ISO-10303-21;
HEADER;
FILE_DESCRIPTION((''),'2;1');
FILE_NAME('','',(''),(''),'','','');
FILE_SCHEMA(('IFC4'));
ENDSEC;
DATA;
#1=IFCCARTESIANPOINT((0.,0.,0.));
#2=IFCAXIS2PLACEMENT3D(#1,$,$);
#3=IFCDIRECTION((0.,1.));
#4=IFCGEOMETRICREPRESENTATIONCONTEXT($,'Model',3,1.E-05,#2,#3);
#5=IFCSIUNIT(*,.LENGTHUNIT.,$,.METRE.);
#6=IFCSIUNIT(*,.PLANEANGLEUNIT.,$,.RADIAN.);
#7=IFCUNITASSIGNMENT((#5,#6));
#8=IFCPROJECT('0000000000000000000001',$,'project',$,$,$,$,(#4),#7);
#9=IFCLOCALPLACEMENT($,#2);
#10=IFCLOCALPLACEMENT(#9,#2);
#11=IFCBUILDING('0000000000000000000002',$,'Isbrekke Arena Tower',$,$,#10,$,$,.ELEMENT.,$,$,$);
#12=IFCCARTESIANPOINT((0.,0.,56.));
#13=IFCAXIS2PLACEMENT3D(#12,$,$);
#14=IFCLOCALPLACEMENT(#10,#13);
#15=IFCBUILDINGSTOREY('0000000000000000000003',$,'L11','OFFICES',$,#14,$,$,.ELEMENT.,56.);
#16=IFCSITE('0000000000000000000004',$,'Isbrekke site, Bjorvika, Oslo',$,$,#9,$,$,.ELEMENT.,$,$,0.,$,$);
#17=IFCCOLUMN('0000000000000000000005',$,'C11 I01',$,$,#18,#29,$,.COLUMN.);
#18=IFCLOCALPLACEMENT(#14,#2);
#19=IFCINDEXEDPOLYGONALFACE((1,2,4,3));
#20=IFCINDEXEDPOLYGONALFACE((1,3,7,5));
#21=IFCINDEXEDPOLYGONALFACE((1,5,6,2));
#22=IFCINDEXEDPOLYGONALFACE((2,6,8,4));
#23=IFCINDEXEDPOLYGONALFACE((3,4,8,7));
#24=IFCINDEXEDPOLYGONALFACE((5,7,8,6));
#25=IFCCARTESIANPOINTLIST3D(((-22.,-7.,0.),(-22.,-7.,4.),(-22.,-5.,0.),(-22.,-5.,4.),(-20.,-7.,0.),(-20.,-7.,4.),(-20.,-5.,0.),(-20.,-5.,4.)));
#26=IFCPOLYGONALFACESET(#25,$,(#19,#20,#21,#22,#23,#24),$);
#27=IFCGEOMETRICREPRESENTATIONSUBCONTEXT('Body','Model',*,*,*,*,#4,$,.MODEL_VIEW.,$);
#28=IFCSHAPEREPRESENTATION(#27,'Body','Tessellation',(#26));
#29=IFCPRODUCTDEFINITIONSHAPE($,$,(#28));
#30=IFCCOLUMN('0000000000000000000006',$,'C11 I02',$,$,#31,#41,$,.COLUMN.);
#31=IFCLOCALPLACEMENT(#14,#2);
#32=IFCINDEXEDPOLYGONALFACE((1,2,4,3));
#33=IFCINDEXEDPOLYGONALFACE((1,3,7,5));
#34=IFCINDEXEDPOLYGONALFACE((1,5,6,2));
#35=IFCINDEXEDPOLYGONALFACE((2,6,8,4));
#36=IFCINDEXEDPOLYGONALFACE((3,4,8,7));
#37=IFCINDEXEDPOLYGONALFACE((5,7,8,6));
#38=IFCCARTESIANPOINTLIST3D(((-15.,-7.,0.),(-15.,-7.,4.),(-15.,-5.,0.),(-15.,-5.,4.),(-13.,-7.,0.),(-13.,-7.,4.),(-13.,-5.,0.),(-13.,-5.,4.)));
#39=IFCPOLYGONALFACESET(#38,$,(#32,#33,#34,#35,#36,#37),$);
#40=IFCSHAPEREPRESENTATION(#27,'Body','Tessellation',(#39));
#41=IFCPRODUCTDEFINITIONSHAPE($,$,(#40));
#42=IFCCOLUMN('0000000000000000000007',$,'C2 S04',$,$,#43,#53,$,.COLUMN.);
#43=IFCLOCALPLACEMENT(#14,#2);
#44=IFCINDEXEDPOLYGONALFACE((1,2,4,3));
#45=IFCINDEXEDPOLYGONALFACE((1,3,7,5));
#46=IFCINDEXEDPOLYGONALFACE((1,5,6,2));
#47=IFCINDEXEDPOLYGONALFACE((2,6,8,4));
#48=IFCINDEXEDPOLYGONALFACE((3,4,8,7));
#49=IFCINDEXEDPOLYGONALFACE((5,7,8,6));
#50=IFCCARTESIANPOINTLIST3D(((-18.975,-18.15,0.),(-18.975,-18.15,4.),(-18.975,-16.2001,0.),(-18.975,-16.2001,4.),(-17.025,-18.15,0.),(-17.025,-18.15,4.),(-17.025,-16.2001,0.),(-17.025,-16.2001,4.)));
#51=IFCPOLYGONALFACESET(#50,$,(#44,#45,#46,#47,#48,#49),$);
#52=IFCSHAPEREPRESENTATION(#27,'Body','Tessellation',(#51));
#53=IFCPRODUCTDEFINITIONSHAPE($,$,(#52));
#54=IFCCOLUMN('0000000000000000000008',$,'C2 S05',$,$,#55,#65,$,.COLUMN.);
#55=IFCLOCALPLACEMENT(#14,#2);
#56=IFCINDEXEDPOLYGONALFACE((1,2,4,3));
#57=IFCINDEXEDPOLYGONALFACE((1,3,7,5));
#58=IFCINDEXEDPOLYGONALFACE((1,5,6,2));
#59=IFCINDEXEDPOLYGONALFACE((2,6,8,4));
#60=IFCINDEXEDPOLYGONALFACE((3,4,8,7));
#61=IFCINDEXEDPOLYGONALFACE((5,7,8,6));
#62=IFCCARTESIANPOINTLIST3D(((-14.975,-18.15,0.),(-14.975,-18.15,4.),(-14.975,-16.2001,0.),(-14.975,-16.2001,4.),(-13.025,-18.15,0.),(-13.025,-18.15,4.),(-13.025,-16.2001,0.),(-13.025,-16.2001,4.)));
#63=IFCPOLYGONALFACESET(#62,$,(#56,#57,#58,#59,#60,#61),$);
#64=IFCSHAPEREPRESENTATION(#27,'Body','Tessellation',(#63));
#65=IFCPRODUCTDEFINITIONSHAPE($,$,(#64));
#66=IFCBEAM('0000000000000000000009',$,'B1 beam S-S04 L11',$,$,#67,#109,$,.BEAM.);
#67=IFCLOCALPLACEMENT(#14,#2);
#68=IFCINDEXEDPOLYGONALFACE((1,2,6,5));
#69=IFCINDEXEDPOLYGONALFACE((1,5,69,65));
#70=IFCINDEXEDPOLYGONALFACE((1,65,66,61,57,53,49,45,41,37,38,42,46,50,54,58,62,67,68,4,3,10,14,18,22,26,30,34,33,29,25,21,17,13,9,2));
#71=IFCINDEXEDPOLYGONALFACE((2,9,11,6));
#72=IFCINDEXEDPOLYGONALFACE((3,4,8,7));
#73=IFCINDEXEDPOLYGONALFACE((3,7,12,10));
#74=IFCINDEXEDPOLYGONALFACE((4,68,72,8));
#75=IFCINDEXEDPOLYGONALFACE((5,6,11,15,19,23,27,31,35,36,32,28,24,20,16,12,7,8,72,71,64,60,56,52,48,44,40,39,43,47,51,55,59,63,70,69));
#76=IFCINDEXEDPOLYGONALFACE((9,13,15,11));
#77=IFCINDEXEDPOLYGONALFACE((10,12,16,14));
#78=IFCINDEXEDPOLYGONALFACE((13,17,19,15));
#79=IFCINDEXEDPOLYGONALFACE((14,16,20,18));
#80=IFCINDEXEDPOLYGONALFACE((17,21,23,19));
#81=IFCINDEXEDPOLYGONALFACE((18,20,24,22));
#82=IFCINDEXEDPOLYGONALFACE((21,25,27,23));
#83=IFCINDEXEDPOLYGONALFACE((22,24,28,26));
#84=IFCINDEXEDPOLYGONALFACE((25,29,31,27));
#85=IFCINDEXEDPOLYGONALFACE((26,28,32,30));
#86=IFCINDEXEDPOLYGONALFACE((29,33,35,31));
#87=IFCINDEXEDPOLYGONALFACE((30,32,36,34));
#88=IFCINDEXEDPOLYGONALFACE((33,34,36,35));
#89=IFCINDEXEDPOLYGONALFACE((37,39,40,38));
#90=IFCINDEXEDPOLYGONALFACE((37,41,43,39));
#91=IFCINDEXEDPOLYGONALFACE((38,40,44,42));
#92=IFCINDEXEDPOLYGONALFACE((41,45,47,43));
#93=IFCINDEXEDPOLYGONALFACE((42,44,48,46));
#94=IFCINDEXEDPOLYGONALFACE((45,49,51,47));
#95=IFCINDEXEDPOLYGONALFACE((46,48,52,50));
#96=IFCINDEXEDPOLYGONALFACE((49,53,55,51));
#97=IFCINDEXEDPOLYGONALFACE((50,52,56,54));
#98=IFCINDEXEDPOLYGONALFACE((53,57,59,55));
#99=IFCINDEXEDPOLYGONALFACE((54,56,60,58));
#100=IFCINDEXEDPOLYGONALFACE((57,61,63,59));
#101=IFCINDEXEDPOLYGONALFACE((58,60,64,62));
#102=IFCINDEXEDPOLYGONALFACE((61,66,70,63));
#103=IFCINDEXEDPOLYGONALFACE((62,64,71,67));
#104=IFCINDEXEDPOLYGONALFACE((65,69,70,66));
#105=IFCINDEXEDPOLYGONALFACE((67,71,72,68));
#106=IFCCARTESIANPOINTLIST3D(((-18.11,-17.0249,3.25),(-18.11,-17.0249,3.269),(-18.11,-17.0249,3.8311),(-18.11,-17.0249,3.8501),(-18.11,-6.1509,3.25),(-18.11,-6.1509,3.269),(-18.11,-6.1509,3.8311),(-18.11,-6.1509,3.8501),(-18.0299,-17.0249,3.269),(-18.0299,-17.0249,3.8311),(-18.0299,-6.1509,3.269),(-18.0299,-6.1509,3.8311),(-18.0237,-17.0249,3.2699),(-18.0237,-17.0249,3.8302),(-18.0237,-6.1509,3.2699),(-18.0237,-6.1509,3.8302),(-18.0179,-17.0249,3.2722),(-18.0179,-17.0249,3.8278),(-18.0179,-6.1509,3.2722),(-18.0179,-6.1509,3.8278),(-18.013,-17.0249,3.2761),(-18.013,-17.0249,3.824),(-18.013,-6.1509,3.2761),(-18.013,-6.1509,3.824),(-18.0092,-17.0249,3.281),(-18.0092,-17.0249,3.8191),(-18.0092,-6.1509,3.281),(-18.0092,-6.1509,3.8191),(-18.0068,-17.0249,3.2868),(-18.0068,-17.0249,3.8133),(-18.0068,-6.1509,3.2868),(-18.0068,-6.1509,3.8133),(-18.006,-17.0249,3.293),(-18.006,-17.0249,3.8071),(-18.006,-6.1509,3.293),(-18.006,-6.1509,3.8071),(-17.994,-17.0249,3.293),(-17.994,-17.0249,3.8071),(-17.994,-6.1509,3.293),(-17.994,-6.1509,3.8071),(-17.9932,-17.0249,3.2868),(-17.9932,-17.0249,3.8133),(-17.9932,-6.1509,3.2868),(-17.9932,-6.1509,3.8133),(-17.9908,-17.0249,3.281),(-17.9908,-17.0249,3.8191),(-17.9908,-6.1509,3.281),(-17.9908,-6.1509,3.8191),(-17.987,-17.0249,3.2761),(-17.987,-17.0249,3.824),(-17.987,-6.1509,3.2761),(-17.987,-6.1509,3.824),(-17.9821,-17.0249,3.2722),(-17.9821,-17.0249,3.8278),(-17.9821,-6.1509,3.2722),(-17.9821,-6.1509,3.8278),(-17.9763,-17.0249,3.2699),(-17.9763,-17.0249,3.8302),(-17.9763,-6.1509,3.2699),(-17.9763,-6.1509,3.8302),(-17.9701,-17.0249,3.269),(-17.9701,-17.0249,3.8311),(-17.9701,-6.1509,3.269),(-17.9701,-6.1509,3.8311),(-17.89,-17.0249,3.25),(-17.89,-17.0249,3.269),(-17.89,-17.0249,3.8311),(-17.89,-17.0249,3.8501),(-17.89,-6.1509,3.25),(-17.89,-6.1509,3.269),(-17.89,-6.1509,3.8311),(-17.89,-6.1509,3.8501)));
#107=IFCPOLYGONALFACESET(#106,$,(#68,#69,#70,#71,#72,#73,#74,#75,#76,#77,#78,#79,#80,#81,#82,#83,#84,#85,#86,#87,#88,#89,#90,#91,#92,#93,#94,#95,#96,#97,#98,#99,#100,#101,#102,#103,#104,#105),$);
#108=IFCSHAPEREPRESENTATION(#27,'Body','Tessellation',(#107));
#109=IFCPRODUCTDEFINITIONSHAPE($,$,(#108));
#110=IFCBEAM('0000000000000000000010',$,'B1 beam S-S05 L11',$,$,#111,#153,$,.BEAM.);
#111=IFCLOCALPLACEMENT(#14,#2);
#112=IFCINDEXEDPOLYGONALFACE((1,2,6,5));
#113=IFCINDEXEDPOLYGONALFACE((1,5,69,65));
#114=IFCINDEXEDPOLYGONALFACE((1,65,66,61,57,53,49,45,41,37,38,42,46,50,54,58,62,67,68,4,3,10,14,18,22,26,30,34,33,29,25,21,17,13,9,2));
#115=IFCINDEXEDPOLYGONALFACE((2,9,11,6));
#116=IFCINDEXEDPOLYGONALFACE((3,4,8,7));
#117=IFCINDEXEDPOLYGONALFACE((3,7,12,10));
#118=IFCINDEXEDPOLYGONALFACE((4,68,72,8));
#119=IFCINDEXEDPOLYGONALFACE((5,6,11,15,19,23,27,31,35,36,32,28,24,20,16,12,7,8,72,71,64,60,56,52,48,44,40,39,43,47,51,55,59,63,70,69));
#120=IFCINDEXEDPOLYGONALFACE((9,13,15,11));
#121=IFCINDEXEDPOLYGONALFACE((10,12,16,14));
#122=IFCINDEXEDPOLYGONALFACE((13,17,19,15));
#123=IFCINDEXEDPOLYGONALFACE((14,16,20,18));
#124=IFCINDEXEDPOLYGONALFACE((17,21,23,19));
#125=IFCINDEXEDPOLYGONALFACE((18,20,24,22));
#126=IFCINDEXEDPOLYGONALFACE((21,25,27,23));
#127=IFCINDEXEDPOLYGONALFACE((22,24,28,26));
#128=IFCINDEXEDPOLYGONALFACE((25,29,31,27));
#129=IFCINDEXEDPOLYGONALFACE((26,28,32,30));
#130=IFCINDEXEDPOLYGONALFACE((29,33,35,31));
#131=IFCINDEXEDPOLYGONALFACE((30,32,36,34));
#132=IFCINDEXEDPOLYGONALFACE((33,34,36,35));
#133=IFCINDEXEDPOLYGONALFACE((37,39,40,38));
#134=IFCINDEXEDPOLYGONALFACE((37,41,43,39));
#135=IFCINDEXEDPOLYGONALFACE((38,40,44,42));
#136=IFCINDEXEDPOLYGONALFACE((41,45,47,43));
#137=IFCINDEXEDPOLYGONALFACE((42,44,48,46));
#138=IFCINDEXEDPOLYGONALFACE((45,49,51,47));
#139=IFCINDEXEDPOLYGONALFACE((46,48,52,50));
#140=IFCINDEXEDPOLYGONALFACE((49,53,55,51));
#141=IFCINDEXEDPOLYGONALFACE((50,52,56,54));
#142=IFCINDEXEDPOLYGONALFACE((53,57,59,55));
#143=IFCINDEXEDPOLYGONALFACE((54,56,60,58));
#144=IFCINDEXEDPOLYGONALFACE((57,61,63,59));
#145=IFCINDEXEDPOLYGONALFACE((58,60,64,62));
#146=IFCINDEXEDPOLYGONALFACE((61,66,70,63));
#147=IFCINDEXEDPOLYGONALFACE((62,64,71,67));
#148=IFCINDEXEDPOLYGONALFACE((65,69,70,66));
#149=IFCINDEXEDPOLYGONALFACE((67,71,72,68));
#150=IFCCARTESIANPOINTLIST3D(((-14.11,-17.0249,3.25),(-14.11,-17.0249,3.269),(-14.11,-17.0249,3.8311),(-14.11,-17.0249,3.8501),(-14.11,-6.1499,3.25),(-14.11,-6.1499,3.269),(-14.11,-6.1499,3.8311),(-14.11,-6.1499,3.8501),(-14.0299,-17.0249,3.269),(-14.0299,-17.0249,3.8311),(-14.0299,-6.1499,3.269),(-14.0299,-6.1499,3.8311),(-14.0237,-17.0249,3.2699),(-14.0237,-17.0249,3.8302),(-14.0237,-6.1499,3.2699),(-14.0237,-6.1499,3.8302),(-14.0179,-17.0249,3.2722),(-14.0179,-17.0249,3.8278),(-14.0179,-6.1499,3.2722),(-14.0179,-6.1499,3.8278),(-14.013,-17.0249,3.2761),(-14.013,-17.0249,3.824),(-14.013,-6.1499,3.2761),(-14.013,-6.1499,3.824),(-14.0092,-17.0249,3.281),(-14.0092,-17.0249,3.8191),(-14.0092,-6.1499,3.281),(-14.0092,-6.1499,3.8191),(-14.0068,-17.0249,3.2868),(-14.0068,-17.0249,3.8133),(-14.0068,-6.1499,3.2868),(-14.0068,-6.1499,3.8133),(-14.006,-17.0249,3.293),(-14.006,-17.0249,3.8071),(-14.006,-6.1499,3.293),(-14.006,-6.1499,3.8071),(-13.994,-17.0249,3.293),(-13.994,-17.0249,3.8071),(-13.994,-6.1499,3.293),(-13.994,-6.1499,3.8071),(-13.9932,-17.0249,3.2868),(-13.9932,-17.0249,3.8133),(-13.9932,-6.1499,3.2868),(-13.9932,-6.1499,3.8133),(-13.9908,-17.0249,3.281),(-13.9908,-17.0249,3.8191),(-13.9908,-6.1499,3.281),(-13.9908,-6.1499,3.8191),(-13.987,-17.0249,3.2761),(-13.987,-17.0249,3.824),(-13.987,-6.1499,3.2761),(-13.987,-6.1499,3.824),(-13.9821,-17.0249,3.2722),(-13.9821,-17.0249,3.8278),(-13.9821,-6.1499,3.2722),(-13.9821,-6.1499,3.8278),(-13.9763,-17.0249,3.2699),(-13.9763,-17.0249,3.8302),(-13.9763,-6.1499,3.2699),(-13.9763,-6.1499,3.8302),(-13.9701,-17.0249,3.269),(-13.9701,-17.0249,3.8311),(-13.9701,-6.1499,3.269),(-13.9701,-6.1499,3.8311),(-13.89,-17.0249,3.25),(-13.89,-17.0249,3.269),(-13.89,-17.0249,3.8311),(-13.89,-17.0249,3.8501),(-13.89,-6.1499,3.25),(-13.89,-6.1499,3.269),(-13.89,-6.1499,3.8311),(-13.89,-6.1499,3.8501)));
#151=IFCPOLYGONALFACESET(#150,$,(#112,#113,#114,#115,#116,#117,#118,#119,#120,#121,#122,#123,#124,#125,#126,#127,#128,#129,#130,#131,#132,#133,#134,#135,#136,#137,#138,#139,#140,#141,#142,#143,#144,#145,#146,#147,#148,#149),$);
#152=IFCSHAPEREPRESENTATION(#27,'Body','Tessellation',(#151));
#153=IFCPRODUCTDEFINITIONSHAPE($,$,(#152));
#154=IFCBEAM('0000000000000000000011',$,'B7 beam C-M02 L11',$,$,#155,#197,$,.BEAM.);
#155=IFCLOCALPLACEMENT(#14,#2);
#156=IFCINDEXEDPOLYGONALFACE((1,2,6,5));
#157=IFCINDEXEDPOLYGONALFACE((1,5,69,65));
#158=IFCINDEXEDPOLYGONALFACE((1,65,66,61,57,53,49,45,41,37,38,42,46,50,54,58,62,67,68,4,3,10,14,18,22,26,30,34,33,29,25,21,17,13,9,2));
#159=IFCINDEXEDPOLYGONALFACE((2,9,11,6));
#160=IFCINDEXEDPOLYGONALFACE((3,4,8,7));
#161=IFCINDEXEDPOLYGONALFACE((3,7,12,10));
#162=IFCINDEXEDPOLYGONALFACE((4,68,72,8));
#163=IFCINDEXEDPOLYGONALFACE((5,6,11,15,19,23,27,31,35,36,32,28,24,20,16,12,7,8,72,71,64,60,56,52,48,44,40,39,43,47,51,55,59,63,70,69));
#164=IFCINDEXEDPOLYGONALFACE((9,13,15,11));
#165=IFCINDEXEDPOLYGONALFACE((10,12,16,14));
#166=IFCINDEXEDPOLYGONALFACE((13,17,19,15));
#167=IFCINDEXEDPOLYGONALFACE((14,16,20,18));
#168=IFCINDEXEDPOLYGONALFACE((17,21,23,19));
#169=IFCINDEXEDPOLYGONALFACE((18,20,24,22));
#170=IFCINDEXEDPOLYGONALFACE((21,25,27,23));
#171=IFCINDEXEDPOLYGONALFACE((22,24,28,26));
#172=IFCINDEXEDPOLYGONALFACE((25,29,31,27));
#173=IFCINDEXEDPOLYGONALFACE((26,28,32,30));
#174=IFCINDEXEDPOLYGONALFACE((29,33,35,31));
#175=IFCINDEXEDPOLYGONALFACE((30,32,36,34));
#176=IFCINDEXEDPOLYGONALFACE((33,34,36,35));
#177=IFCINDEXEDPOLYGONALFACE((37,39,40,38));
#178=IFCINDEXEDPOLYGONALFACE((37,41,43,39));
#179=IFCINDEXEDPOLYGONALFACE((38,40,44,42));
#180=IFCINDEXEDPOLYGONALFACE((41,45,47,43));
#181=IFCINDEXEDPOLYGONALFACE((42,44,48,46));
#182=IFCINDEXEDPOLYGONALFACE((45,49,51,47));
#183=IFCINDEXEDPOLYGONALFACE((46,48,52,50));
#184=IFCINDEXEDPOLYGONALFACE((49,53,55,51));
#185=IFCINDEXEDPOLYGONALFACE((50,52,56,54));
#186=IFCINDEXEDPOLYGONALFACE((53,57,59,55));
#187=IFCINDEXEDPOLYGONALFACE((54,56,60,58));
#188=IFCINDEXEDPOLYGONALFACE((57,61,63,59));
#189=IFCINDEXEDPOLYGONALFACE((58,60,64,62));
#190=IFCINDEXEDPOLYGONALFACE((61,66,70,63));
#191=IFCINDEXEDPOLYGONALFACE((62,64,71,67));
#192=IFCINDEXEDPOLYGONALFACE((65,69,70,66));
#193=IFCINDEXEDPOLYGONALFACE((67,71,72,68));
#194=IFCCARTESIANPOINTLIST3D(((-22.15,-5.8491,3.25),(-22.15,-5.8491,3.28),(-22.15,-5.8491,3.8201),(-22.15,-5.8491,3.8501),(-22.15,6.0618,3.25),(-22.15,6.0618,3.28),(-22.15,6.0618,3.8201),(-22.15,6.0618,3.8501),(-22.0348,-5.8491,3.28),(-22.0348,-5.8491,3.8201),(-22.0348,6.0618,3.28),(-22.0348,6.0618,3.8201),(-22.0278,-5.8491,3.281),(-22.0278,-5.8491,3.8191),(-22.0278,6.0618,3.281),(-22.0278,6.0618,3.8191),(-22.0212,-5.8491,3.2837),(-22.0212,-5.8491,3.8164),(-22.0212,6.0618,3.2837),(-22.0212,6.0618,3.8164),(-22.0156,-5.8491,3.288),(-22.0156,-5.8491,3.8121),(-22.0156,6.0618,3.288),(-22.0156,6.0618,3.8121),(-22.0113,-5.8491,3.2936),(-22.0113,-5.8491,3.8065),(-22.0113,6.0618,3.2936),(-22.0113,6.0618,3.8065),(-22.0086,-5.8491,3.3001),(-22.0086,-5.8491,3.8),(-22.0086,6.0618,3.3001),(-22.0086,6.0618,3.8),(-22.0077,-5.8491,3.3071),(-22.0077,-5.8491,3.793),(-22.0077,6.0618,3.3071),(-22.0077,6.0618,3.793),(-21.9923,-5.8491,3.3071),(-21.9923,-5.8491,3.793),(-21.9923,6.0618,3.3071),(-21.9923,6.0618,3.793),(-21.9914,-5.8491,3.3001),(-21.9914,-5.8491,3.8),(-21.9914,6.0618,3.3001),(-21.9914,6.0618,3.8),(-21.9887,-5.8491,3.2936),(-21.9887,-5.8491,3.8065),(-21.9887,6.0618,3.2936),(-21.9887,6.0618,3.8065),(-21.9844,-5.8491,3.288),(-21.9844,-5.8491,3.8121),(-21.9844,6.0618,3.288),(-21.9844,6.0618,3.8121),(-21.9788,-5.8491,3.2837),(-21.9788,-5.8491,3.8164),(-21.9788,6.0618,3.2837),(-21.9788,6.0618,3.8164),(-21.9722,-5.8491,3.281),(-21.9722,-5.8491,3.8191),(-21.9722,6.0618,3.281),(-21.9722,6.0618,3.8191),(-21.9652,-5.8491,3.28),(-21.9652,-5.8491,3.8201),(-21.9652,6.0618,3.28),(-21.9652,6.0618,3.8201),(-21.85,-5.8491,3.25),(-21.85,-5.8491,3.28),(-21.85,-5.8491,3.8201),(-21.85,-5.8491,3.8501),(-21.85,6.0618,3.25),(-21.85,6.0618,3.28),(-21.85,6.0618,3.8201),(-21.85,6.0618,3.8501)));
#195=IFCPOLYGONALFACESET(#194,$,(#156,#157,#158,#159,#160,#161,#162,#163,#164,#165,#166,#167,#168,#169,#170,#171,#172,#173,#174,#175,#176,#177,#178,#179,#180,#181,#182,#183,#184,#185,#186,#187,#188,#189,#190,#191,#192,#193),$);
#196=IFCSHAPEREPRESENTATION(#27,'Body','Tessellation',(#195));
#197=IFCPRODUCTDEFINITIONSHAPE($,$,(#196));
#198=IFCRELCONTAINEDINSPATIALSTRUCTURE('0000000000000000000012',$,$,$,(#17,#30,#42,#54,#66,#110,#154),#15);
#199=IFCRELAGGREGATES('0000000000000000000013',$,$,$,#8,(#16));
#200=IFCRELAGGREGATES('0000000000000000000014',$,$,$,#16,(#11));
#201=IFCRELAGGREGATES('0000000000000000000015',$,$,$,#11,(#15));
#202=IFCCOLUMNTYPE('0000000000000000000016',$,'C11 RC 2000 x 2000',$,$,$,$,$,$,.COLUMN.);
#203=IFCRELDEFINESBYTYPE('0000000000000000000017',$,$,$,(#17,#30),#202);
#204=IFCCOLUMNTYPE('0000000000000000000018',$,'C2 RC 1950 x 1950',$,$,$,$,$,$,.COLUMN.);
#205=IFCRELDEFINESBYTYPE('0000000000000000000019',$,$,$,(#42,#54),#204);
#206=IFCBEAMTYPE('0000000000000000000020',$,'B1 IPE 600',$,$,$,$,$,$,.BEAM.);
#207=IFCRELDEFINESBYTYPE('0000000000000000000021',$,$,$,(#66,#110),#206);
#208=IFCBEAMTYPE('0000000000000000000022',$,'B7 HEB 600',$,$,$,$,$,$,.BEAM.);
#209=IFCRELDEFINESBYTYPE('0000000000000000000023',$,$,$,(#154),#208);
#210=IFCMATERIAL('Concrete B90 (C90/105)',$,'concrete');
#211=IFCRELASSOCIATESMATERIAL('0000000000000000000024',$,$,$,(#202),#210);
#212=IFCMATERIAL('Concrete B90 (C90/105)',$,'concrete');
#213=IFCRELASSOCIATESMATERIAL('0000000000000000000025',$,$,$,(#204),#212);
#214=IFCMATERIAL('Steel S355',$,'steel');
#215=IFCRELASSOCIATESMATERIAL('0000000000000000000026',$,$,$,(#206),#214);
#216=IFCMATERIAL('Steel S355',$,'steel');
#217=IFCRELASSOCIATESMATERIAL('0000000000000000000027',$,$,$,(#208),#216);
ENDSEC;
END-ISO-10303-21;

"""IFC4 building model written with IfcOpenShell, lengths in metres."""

from ifc_helpers import new_model, si_unit, direction, frame, origin, origin_2d, place, context, subcontext, project, spatial, rectangle, i_section, extrude, material, material_profile, profile_set, type_object, element, save


model = new_model("IFC4")

# Units and contexts
model_context = context("Model", 3, precision=1e-05, world=origin(), true_north=direction((0.0, 1.0)))
body_context = subcontext(model_context, "Body", "Model", "MODEL_VIEW")
ifc_project = project(units=[si_unit("LENGTHUNIT", "METRE"), si_unit("PLANEANGLEUNIT", "RADIAN")], contexts=[model_context])

# Site, building, storey
site_placement = place(None, origin())
site = spatial("IfcSite", under=ifc_project, at=site_placement, Name="Isbrekke site, Bjorvika, Oslo", CompositionType="ELEMENT", RefElevation=0.0)
building_placement = place(site_placement, origin())
building = spatial("IfcBuilding", under=site, at=building_placement, Name="Isbrekke Arena Tower", CompositionType="ELEMENT")
storey_placement = place(building_placement, frame((0.0, 0.0, 56.0)))
storey = spatial("IfcBuildingStorey", under=building, at=storey_placement, Name="L11", Description="OFFICES", CompositionType="ELEMENT", Elevation=56.0)

# Columns
ifc_material_1 = material(Name="Concrete B90 (C90/105)", Category="concrete")
ifc_material_profile_1 = material_profile(ifc_material_1, rectangle(XDim=2.0, YDim=2.0, at=origin_2d()), Name="RC 2000x2000")
ifc_profile_set_1 = profile_set([ifc_material_profile_1], Name="Concrete B90 (C90/105)")
column_type_1 = type_object("IfcColumnType", Name="C11 RC 2000 x 2000", PredefinedType="COLUMN", material=ifc_profile_set_1)
for number, where, z_axis, x_axis, name in (
    (1, (-21.0, -6.0, 0.0), (0.0, 0.0, 1.0), (1.0, 0.0, 0.0), "C11 I01"),
    (2, (-14.0, -6.0, 0.0), (0.0, 0.0, 1.0), (1.0, 0.0, 0.0), "C11 I02"),
):
    element("IfcColumn", number, at=place(storey_placement, frame(where, z_axis=z_axis, x_axis=x_axis)), inside=storey, type_object=column_type_1, Name=name, PredefinedType="COLUMN", context=body_context, shape_type="SweptSolid", body=[
        extrude(rectangle(XDim=2.0, YDim=2.0, at=origin_2d()), origin(), (0.0, 0.0, 1.0), 4.0),
    ])
ifc_material_2 = material(Name="Concrete B90 (C90/105)", Category="concrete")
ifc_material_profile_2 = material_profile(ifc_material_2, rectangle(XDim=1.95, YDim=1.95, at=origin_2d()), Name="RC 1950x1950")
ifc_profile_set_2 = profile_set([ifc_material_profile_2], Name="Concrete B90 (C90/105)")
column_type_2 = type_object("IfcColumnType", Name="C2 RC 1950 x 1950", PredefinedType="COLUMN", material=ifc_profile_set_2)
for number, where, z_axis, x_axis, name in (
    (3, (-18.0, -17.175, 0.0), (0.0, 0.0, 1.0), (1.0, 0.0, 0.0), "C2 S04"),
    (4, (-14.0, -17.175, 0.0), (0.0, 0.0, 1.0), (1.0, 0.0, 0.0), "C2 S05"),
):
    element("IfcColumn", number, at=place(storey_placement, frame(where, z_axis=z_axis, x_axis=x_axis)), inside=storey, type_object=column_type_2, Name=name, PredefinedType="COLUMN", context=body_context, shape_type="SweptSolid", body=[
        extrude(rectangle(XDim=1.95, YDim=1.95, at=origin_2d()), origin(), (0.0, 0.0, 1.0), 4.0),
    ])

# Beams
ifc_material_3 = material(Name="Steel S355", Category="steel")
ifc_material_profile_3 = material_profile(ifc_material_3, i_section(OverallWidth=0.22, OverallDepth=0.6001, WebThickness=0.012, FlangeThickness=0.019, FilletRadius=0.0239, at=origin_2d()), Name="IPE 600")
ifc_profile_set_3 = profile_set([ifc_material_profile_3], Name="Steel S355")
beam_type_1 = type_object("IfcBeamType", Name="B1 IPE 600", PredefinedType="BEAM", material=ifc_profile_set_3)
beam_1_placement = place(storey_placement, frame((-18.0, -17.0249, 3.55), z_axis=(0.0, 1.0, 0.0), x_axis=(-1.0, 0.0, 0.0)))
element("IfcBeam", 5, at=beam_1_placement, inside=storey, type_object=beam_type_1, Name="B1 beam S-S04 L11", PredefinedType="BEAM", context=body_context, shape_type="SweptSolid", body=[
    extrude(i_section(OverallWidth=0.22, OverallDepth=0.6001, WebThickness=0.012, FlangeThickness=0.019, FilletRadius=0.0239, at=origin_2d()), origin(), (0.0, 0.0, 1.0), 10.874),
])
beam_2_placement = place(storey_placement, frame((-14.0, -17.0249, 3.55), z_axis=(0.0, 1.0, 0.0), x_axis=(-1.0, 0.0, 0.0)))
element("IfcBeam", 6, at=beam_2_placement, inside=storey, type_object=beam_type_1, Name="B1 beam S-S05 L11", PredefinedType="BEAM", context=body_context, shape_type="SweptSolid", body=[
    extrude(i_section(OverallWidth=0.22, OverallDepth=0.6001, WebThickness=0.012, FlangeThickness=0.019, FilletRadius=0.0239, at=origin_2d()), origin(), (0.0, 0.0, 1.0), 10.875),
])
ifc_material_4 = material(Name="Steel S355", Category="steel")
ifc_material_profile_4 = material_profile(ifc_material_4, i_section(OverallWidth=0.3, OverallDepth=0.6001, WebThickness=0.0154, FlangeThickness=0.03, FilletRadius=0.0271, at=origin_2d()), Name="HEB 600")
ifc_profile_set_4 = profile_set([ifc_material_profile_4], Name="Steel S355")
beam_type_2 = type_object("IfcBeamType", Name="B7 HEB 600", PredefinedType="BEAM", material=ifc_profile_set_4)
beam_3_placement = place(storey_placement, frame((-22.0, -5.8491, 3.55), z_axis=(0.0, 1.0, 0.0), x_axis=(-1.0, 0.0, 0.0)))
element("IfcBeam", 7, at=beam_3_placement, inside=storey, type_object=beam_type_2, Name="B7 beam C-M02 L11", PredefinedType="BEAM", context=body_context, shape_type="SweptSolid", body=[
    extrude(i_section(OverallWidth=0.3, OverallDepth=0.6001, WebThickness=0.0154, FlangeThickness=0.03, FilletRadius=0.0271, at=origin_2d()), origin(), (0.0, 0.0, 1.0), 11.9109),
])

save(model, "model.ifc")
